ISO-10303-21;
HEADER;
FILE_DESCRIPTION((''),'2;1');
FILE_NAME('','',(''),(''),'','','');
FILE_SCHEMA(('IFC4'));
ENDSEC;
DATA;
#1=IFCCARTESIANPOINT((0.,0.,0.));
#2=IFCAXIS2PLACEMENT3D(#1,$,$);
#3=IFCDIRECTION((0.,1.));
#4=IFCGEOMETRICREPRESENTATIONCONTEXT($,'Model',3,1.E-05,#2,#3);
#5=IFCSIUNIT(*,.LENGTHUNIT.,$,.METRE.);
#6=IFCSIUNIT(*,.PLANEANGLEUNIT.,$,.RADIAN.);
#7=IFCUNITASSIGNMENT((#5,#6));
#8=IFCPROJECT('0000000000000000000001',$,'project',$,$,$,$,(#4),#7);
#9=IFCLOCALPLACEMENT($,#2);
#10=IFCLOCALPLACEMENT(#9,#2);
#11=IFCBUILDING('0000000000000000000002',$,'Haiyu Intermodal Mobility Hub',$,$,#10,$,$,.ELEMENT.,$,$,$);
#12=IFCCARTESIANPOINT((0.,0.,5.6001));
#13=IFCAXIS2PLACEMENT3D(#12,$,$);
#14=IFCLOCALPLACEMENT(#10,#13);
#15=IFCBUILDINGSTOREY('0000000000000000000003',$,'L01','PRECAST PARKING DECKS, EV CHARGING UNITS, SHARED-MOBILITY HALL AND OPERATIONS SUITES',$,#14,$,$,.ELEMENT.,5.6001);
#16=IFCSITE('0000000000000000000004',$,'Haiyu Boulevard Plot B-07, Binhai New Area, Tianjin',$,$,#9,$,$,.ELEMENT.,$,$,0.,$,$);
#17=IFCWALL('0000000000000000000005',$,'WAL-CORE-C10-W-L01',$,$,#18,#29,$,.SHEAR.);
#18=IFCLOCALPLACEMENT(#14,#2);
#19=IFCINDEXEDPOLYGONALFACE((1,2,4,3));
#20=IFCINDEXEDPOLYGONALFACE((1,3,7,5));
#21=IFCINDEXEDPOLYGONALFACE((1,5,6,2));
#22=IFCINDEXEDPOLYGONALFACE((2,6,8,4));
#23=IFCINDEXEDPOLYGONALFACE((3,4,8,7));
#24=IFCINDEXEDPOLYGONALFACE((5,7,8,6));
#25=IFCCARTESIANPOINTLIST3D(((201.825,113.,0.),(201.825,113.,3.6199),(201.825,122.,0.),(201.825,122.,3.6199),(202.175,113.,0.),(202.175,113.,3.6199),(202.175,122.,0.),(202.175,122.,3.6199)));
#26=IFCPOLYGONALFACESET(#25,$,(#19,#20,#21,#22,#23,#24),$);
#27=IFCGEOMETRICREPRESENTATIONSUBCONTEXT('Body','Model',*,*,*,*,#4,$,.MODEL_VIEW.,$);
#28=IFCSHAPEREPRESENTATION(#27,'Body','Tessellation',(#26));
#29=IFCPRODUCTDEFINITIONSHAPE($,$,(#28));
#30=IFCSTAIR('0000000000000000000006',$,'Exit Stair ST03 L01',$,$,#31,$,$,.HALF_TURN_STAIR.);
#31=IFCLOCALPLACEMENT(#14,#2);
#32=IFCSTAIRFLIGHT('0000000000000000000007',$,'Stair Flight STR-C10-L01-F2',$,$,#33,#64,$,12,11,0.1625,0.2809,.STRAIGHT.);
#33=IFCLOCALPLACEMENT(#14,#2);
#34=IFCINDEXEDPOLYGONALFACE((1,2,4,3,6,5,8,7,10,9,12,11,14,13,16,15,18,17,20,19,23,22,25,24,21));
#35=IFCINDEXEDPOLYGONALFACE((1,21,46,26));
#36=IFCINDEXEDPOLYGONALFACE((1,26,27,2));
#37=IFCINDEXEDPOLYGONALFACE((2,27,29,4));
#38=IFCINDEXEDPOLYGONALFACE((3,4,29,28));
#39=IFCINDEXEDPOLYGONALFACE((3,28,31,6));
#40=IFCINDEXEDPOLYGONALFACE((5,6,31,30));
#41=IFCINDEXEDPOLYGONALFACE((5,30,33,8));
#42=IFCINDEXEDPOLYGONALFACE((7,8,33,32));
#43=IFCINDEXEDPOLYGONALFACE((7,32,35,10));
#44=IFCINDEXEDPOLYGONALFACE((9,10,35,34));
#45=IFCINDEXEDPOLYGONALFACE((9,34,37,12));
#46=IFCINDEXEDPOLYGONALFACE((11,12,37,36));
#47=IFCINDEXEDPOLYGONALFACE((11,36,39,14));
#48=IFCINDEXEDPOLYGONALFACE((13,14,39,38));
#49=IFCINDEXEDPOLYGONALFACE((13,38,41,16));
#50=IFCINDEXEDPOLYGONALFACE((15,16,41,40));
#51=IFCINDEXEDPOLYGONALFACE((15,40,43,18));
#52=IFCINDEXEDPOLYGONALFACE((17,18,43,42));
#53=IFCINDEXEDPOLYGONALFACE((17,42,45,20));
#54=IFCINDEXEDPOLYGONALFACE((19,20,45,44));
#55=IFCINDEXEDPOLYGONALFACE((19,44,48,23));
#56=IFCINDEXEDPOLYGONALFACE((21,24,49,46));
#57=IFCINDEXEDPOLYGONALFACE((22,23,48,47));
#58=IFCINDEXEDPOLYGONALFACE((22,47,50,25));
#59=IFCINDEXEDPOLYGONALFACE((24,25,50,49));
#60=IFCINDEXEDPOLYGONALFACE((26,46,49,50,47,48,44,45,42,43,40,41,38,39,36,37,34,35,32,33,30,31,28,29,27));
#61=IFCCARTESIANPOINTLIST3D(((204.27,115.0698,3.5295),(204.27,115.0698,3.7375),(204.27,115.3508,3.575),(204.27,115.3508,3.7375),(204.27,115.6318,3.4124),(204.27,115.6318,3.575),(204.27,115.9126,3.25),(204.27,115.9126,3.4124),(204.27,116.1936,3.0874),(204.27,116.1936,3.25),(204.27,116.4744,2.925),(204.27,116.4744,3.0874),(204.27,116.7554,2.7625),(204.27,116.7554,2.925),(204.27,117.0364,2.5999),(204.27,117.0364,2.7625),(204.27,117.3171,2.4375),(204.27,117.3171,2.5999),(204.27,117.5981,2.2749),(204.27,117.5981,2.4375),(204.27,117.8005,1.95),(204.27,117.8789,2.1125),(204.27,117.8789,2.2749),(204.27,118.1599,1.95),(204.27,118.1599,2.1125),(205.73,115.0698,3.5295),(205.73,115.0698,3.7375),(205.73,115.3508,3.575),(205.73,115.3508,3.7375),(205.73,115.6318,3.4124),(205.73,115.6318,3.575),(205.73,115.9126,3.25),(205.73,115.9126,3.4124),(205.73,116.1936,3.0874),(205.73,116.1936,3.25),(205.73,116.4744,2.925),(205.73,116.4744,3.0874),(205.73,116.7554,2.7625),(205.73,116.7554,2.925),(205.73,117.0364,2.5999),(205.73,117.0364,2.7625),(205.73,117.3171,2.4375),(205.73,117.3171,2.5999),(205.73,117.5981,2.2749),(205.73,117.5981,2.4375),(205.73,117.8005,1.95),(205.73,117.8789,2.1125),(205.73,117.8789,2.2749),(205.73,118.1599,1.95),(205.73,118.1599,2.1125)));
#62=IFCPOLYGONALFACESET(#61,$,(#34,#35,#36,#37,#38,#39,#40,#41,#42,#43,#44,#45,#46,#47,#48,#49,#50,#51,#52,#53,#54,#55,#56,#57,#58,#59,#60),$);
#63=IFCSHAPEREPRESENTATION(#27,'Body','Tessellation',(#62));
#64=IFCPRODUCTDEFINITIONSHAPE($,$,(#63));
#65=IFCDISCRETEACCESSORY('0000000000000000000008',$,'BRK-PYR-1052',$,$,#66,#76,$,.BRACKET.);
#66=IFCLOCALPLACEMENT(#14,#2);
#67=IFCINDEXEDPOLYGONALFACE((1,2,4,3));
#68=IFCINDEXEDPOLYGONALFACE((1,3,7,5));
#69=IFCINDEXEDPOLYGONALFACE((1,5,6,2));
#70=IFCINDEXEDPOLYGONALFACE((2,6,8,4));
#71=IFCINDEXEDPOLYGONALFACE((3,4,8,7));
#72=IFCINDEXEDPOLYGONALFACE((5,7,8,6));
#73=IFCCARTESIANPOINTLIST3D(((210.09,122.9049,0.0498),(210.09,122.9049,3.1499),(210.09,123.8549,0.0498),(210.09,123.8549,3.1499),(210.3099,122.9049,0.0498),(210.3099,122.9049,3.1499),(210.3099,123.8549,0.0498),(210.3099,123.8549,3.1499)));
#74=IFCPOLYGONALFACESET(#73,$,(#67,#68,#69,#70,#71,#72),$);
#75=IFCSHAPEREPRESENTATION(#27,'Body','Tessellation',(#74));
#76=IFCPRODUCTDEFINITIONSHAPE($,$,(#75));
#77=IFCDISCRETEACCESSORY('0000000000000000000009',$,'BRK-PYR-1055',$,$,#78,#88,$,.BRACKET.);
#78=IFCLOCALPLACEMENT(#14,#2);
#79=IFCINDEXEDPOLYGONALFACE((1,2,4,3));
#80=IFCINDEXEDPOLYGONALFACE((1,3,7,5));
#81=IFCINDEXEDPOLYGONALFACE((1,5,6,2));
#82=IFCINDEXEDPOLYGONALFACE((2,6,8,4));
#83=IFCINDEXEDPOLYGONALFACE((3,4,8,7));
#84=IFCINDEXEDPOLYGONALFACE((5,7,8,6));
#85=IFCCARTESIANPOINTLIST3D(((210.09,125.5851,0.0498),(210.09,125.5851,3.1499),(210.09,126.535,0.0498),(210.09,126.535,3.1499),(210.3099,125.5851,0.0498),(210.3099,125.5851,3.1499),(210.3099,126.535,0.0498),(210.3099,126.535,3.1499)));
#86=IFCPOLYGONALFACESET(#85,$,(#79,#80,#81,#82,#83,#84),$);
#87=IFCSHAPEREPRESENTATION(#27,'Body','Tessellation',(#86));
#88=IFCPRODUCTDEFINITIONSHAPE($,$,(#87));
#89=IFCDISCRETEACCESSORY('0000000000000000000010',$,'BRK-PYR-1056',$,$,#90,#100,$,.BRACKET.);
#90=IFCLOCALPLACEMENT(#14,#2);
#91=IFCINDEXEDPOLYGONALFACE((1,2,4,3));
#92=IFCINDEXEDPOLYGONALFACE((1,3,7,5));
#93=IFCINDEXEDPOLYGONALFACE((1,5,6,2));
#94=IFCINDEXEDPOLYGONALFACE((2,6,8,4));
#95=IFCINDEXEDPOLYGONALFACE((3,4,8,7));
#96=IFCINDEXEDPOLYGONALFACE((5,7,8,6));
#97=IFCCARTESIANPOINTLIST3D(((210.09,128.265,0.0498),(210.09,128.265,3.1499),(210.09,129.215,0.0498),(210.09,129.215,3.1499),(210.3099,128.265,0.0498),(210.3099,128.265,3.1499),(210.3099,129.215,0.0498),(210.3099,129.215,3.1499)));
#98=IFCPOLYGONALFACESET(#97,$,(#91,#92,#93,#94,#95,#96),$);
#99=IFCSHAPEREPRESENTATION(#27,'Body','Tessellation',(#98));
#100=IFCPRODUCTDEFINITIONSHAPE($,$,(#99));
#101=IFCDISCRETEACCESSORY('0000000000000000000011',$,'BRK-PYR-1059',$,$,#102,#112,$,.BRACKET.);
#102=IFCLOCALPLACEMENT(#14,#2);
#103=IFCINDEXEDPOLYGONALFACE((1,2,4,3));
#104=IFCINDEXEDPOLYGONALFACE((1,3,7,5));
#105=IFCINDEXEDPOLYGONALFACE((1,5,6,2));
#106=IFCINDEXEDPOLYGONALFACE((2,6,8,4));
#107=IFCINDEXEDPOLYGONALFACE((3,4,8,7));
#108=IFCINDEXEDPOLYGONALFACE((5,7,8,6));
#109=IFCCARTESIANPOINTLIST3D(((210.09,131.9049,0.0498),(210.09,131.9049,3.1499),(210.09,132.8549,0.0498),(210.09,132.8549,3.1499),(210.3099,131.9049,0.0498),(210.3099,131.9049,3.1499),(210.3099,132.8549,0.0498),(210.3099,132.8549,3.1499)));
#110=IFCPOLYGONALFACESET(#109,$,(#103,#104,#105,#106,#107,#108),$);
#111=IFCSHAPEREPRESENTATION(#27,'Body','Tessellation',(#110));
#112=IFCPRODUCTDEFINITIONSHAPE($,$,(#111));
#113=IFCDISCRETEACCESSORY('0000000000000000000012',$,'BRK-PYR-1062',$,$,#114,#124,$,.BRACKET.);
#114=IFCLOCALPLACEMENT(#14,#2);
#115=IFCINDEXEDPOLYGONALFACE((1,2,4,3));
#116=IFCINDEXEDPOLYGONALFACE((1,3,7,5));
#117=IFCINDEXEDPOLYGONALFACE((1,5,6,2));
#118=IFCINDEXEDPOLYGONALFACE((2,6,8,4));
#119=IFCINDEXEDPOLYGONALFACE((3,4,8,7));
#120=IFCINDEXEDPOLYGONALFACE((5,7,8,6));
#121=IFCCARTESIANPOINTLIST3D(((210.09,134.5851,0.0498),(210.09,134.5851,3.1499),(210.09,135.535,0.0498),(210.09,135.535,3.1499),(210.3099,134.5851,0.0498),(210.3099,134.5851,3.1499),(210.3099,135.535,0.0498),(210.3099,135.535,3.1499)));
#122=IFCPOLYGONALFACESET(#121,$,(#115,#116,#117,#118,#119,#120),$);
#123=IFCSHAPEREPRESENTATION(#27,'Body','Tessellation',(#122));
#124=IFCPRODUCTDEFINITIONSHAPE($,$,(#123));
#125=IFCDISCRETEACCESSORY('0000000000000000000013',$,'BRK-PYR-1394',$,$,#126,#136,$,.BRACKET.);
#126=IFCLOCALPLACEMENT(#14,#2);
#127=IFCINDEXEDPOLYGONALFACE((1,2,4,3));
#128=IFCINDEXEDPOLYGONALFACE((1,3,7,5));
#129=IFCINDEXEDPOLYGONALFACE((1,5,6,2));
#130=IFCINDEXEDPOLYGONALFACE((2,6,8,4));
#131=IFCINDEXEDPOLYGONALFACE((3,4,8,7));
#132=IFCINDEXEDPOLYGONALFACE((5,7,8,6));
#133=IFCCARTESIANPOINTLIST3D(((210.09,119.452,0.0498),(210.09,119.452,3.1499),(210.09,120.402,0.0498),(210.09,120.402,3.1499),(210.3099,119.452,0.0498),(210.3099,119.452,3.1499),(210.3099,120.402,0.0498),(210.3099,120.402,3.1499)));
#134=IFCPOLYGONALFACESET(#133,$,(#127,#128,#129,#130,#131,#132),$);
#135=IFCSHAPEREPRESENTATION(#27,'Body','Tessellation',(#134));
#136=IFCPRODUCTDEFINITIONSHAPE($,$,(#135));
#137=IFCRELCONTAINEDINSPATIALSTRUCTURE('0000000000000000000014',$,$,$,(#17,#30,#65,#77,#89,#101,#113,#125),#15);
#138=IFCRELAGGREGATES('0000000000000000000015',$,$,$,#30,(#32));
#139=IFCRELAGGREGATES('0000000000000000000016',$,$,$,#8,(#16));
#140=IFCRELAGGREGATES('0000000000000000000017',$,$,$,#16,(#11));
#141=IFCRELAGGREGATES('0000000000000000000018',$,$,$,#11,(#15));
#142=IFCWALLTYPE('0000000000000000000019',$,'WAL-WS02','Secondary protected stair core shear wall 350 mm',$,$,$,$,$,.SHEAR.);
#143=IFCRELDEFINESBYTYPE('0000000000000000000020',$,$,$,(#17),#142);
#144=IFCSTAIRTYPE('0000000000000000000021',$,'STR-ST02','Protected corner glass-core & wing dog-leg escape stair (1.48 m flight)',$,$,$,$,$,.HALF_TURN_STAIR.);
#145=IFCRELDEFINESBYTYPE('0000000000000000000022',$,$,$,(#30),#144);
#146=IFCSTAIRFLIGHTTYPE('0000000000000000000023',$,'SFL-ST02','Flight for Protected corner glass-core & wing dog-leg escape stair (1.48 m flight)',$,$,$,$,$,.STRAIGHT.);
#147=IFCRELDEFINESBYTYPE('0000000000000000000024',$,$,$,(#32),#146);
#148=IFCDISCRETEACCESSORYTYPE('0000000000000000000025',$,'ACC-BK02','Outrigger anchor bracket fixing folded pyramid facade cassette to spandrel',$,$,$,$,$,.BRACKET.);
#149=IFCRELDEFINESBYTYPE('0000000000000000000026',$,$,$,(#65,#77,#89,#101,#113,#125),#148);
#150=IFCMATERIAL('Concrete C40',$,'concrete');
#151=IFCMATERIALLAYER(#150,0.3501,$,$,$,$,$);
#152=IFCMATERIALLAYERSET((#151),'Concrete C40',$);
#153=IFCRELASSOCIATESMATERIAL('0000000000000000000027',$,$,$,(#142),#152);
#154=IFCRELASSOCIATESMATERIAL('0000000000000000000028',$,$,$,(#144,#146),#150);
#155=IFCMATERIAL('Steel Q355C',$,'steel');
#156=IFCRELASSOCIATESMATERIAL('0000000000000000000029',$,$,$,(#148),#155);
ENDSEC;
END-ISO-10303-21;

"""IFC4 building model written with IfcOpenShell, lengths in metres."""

from ifc_helpers import new_model, si_unit, direction, frame, frame_2d, origin, origin_2d, place, context, subcontext, project, spatial, polyline, rectangle, outline, extrude, material, layer, layer_set, type_object, element, aggregate, save


model = new_model("IFC4")

# Units and contexts
model_context = context("Model", 3, precision=1e-05, world=origin(), true_north=direction((0.0, 1.0)))
body_context = subcontext(model_context, "Body", "Model", "MODEL_VIEW")
ifc_project = project(units=[si_unit("LENGTHUNIT", "METRE"), si_unit("PLANEANGLEUNIT", "RADIAN")], contexts=[model_context])

# Site, building, storey
site_placement = place(None, origin())
site = spatial("IfcSite", under=ifc_project, at=site_placement, Name="Haiyu Boulevard Plot B-07, Binhai New Area, Tianjin", CompositionType="ELEMENT", RefElevation=0.0)
building_placement = place(site_placement, origin())
building = spatial("IfcBuilding", under=site, at=building_placement, Name="Haiyu Intermodal Mobility Hub", CompositionType="ELEMENT")
storey_placement = place(building_placement, frame((0.0, 0.0, 5.6001)))
storey = spatial("IfcBuildingStorey", under=building, at=storey_placement, Name="L01", Description="PRECAST PARKING DECKS, EV CHARGING UNITS, SHARED-MOBILITY HALL AND OPERATIONS SUITES", CompositionType="ELEMENT", Elevation=5.6001)

# Shared definitions
ifc_material_1 = material(Name="Concrete C40", Category="concrete")

# Wall
ifc_layer_1 = layer(ifc_material_1, 0.3501)
ifc_layer_set_1 = layer_set([ifc_layer_1], Name="Concrete C40")
wall_type_1 = type_object("IfcWallType", Name="WAL-WS02", Description="Secondary protected stair core shear wall 350 mm", PredefinedType="SHEAR", material=ifc_layer_set_1)
wall_1_placement = place(storey_placement, frame((202.0, 122.0, 0.0), z_axis=(0.0, 0.0, 1.0), x_axis=(0.0, -1.0, 0.0)))
element("IfcWall", 1, at=wall_1_placement, inside=storey, type_object=wall_type_1, Name="WAL-CORE-C10-W-L01", PredefinedType="SHEAR", context=body_context, shape_type="SweptSolid", body=[
    extrude(rectangle(XDim=9.0, YDim=0.3501, at=frame_2d((4.5, 0.0))), origin(), (0.0, 0.0, 1.0), 3.6199),
])

# Stair, stair flight
stair_type = type_object("IfcStairType", Name="STR-ST02", Description="Protected corner glass-core & wing dog-leg escape stair (1.48 m flight)", PredefinedType="HALF_TURN_STAIR", material=ifc_material_1)
stair_placement = place(storey_placement, origin())
stair = element("IfcStair", 2, at=stair_placement, inside=storey, type_object=stair_type, Name="Exit Stair ST03 L01", PredefinedType="HALF_TURN_STAIR")
stair_flight_type = type_object("IfcStairFlightType", Name="SFL-ST02", Description="Flight for Protected corner glass-core & wing dog-leg escape stair (1.48 m flight)", PredefinedType="STRAIGHT", material=ifc_material_1)
stair_flight_placement = place(storey_placement, frame((205.0, 118.1599, 1.95), z_axis=(0.0, 0.0, 1.0), x_axis=(0.0, -1.0, 0.0)))
stair_flight = element("IfcStairFlight", 3, at=stair_flight_placement, type_object=stair_flight_type, Name="Stair Flight STR-C10-L01-F2", NumberOfRisers=12, NumberOfTreads=11, PredefinedType="STRAIGHT", RiserHeight=0.1625, TreadLength=0.2809, context=body_context, shape_type="SweptSolid", body=[
    extrude(outline(polyline([(0.0, 0.0), (0.0, 0.1626), (0.281, 0.1626), (0.281, 0.325), (0.5618, 0.325), (0.5618, 0.4875), (0.8428, 0.4875), (0.8428, 0.6499), (1.1235, 0.6499), (1.1235, 0.8125), (1.4045, 0.8125), (1.4045, 0.9751), (1.6855, 0.9751), (1.6855, 1.1375), (1.9663, 1.1375), (1.9663, 1.3), (2.2473, 1.3), (2.2473, 1.4624), (2.5281, 1.4624), (2.5281, 1.625), (2.8091, 1.625), (2.8091, 1.7876), (3.0901, 1.7876), (3.0901, 1.95), (3.0901, 1.5796), (0.3594, 0.0), (0.0, 0.0)])), frame((0.0, 0.73, 0.0), z_axis=(0.0, -1.0, 0.0), x_axis=(1.0, 0.0, 0.0)), (0.0, 0.0, 1.0), 1.46),
])
aggregate(stair, [stair_flight])

# Discrete accessories
ifc_material_2 = material(Name="Steel Q355C", Category="steel")
discrete_accessory_type = type_object("IfcDiscreteAccessoryType", Name="ACC-BK02", Description="Outrigger anchor bracket fixing folded pyramid facade cassette to spandrel", PredefinedType="BRACKET", material=ifc_material_2)
for number, where, z_axis, x_axis, name in (
    (4, (210.2, 123.3799, 0.0498), (0.0, 0.0, 1.0), (1.0, 0.0, 0.0), "BRK-PYR-1052"),
    (5, (210.2, 126.0601, 0.0498), (0.0, 0.0, 1.0), (1.0, 0.0, 0.0), "BRK-PYR-1055"),
    (6, (210.2, 128.74, 0.0498), (0.0, 0.0, 1.0), (1.0, 0.0, 0.0), "BRK-PYR-1056"),
    (7, (210.2, 132.3799, 0.0498), (0.0, 0.0, 1.0), (1.0, 0.0, 0.0), "BRK-PYR-1059"),
    (8, (210.2, 135.0601, 0.0498), (0.0, 0.0, 1.0), (1.0, 0.0, 0.0), "BRK-PYR-1062"),
    (9, (210.2, 119.927, 0.0498), (0.0, 0.0, 1.0), (1.0, 0.0, 0.0), "BRK-PYR-1394"),
):
    element("IfcDiscreteAccessory", number, at=place(storey_placement, frame(where, z_axis=z_axis, x_axis=x_axis)), inside=storey, type_object=discrete_accessory_type, Name=name, PredefinedType="BRACKET", context=body_context, shape_type="SweptSolid", body=[
        extrude(rectangle(XDim=0.22, YDim=0.95, at=origin_2d()), origin(), (0.0, 0.0, 1.0), 3.1001),
    ])

save(model, "model.ifc")
